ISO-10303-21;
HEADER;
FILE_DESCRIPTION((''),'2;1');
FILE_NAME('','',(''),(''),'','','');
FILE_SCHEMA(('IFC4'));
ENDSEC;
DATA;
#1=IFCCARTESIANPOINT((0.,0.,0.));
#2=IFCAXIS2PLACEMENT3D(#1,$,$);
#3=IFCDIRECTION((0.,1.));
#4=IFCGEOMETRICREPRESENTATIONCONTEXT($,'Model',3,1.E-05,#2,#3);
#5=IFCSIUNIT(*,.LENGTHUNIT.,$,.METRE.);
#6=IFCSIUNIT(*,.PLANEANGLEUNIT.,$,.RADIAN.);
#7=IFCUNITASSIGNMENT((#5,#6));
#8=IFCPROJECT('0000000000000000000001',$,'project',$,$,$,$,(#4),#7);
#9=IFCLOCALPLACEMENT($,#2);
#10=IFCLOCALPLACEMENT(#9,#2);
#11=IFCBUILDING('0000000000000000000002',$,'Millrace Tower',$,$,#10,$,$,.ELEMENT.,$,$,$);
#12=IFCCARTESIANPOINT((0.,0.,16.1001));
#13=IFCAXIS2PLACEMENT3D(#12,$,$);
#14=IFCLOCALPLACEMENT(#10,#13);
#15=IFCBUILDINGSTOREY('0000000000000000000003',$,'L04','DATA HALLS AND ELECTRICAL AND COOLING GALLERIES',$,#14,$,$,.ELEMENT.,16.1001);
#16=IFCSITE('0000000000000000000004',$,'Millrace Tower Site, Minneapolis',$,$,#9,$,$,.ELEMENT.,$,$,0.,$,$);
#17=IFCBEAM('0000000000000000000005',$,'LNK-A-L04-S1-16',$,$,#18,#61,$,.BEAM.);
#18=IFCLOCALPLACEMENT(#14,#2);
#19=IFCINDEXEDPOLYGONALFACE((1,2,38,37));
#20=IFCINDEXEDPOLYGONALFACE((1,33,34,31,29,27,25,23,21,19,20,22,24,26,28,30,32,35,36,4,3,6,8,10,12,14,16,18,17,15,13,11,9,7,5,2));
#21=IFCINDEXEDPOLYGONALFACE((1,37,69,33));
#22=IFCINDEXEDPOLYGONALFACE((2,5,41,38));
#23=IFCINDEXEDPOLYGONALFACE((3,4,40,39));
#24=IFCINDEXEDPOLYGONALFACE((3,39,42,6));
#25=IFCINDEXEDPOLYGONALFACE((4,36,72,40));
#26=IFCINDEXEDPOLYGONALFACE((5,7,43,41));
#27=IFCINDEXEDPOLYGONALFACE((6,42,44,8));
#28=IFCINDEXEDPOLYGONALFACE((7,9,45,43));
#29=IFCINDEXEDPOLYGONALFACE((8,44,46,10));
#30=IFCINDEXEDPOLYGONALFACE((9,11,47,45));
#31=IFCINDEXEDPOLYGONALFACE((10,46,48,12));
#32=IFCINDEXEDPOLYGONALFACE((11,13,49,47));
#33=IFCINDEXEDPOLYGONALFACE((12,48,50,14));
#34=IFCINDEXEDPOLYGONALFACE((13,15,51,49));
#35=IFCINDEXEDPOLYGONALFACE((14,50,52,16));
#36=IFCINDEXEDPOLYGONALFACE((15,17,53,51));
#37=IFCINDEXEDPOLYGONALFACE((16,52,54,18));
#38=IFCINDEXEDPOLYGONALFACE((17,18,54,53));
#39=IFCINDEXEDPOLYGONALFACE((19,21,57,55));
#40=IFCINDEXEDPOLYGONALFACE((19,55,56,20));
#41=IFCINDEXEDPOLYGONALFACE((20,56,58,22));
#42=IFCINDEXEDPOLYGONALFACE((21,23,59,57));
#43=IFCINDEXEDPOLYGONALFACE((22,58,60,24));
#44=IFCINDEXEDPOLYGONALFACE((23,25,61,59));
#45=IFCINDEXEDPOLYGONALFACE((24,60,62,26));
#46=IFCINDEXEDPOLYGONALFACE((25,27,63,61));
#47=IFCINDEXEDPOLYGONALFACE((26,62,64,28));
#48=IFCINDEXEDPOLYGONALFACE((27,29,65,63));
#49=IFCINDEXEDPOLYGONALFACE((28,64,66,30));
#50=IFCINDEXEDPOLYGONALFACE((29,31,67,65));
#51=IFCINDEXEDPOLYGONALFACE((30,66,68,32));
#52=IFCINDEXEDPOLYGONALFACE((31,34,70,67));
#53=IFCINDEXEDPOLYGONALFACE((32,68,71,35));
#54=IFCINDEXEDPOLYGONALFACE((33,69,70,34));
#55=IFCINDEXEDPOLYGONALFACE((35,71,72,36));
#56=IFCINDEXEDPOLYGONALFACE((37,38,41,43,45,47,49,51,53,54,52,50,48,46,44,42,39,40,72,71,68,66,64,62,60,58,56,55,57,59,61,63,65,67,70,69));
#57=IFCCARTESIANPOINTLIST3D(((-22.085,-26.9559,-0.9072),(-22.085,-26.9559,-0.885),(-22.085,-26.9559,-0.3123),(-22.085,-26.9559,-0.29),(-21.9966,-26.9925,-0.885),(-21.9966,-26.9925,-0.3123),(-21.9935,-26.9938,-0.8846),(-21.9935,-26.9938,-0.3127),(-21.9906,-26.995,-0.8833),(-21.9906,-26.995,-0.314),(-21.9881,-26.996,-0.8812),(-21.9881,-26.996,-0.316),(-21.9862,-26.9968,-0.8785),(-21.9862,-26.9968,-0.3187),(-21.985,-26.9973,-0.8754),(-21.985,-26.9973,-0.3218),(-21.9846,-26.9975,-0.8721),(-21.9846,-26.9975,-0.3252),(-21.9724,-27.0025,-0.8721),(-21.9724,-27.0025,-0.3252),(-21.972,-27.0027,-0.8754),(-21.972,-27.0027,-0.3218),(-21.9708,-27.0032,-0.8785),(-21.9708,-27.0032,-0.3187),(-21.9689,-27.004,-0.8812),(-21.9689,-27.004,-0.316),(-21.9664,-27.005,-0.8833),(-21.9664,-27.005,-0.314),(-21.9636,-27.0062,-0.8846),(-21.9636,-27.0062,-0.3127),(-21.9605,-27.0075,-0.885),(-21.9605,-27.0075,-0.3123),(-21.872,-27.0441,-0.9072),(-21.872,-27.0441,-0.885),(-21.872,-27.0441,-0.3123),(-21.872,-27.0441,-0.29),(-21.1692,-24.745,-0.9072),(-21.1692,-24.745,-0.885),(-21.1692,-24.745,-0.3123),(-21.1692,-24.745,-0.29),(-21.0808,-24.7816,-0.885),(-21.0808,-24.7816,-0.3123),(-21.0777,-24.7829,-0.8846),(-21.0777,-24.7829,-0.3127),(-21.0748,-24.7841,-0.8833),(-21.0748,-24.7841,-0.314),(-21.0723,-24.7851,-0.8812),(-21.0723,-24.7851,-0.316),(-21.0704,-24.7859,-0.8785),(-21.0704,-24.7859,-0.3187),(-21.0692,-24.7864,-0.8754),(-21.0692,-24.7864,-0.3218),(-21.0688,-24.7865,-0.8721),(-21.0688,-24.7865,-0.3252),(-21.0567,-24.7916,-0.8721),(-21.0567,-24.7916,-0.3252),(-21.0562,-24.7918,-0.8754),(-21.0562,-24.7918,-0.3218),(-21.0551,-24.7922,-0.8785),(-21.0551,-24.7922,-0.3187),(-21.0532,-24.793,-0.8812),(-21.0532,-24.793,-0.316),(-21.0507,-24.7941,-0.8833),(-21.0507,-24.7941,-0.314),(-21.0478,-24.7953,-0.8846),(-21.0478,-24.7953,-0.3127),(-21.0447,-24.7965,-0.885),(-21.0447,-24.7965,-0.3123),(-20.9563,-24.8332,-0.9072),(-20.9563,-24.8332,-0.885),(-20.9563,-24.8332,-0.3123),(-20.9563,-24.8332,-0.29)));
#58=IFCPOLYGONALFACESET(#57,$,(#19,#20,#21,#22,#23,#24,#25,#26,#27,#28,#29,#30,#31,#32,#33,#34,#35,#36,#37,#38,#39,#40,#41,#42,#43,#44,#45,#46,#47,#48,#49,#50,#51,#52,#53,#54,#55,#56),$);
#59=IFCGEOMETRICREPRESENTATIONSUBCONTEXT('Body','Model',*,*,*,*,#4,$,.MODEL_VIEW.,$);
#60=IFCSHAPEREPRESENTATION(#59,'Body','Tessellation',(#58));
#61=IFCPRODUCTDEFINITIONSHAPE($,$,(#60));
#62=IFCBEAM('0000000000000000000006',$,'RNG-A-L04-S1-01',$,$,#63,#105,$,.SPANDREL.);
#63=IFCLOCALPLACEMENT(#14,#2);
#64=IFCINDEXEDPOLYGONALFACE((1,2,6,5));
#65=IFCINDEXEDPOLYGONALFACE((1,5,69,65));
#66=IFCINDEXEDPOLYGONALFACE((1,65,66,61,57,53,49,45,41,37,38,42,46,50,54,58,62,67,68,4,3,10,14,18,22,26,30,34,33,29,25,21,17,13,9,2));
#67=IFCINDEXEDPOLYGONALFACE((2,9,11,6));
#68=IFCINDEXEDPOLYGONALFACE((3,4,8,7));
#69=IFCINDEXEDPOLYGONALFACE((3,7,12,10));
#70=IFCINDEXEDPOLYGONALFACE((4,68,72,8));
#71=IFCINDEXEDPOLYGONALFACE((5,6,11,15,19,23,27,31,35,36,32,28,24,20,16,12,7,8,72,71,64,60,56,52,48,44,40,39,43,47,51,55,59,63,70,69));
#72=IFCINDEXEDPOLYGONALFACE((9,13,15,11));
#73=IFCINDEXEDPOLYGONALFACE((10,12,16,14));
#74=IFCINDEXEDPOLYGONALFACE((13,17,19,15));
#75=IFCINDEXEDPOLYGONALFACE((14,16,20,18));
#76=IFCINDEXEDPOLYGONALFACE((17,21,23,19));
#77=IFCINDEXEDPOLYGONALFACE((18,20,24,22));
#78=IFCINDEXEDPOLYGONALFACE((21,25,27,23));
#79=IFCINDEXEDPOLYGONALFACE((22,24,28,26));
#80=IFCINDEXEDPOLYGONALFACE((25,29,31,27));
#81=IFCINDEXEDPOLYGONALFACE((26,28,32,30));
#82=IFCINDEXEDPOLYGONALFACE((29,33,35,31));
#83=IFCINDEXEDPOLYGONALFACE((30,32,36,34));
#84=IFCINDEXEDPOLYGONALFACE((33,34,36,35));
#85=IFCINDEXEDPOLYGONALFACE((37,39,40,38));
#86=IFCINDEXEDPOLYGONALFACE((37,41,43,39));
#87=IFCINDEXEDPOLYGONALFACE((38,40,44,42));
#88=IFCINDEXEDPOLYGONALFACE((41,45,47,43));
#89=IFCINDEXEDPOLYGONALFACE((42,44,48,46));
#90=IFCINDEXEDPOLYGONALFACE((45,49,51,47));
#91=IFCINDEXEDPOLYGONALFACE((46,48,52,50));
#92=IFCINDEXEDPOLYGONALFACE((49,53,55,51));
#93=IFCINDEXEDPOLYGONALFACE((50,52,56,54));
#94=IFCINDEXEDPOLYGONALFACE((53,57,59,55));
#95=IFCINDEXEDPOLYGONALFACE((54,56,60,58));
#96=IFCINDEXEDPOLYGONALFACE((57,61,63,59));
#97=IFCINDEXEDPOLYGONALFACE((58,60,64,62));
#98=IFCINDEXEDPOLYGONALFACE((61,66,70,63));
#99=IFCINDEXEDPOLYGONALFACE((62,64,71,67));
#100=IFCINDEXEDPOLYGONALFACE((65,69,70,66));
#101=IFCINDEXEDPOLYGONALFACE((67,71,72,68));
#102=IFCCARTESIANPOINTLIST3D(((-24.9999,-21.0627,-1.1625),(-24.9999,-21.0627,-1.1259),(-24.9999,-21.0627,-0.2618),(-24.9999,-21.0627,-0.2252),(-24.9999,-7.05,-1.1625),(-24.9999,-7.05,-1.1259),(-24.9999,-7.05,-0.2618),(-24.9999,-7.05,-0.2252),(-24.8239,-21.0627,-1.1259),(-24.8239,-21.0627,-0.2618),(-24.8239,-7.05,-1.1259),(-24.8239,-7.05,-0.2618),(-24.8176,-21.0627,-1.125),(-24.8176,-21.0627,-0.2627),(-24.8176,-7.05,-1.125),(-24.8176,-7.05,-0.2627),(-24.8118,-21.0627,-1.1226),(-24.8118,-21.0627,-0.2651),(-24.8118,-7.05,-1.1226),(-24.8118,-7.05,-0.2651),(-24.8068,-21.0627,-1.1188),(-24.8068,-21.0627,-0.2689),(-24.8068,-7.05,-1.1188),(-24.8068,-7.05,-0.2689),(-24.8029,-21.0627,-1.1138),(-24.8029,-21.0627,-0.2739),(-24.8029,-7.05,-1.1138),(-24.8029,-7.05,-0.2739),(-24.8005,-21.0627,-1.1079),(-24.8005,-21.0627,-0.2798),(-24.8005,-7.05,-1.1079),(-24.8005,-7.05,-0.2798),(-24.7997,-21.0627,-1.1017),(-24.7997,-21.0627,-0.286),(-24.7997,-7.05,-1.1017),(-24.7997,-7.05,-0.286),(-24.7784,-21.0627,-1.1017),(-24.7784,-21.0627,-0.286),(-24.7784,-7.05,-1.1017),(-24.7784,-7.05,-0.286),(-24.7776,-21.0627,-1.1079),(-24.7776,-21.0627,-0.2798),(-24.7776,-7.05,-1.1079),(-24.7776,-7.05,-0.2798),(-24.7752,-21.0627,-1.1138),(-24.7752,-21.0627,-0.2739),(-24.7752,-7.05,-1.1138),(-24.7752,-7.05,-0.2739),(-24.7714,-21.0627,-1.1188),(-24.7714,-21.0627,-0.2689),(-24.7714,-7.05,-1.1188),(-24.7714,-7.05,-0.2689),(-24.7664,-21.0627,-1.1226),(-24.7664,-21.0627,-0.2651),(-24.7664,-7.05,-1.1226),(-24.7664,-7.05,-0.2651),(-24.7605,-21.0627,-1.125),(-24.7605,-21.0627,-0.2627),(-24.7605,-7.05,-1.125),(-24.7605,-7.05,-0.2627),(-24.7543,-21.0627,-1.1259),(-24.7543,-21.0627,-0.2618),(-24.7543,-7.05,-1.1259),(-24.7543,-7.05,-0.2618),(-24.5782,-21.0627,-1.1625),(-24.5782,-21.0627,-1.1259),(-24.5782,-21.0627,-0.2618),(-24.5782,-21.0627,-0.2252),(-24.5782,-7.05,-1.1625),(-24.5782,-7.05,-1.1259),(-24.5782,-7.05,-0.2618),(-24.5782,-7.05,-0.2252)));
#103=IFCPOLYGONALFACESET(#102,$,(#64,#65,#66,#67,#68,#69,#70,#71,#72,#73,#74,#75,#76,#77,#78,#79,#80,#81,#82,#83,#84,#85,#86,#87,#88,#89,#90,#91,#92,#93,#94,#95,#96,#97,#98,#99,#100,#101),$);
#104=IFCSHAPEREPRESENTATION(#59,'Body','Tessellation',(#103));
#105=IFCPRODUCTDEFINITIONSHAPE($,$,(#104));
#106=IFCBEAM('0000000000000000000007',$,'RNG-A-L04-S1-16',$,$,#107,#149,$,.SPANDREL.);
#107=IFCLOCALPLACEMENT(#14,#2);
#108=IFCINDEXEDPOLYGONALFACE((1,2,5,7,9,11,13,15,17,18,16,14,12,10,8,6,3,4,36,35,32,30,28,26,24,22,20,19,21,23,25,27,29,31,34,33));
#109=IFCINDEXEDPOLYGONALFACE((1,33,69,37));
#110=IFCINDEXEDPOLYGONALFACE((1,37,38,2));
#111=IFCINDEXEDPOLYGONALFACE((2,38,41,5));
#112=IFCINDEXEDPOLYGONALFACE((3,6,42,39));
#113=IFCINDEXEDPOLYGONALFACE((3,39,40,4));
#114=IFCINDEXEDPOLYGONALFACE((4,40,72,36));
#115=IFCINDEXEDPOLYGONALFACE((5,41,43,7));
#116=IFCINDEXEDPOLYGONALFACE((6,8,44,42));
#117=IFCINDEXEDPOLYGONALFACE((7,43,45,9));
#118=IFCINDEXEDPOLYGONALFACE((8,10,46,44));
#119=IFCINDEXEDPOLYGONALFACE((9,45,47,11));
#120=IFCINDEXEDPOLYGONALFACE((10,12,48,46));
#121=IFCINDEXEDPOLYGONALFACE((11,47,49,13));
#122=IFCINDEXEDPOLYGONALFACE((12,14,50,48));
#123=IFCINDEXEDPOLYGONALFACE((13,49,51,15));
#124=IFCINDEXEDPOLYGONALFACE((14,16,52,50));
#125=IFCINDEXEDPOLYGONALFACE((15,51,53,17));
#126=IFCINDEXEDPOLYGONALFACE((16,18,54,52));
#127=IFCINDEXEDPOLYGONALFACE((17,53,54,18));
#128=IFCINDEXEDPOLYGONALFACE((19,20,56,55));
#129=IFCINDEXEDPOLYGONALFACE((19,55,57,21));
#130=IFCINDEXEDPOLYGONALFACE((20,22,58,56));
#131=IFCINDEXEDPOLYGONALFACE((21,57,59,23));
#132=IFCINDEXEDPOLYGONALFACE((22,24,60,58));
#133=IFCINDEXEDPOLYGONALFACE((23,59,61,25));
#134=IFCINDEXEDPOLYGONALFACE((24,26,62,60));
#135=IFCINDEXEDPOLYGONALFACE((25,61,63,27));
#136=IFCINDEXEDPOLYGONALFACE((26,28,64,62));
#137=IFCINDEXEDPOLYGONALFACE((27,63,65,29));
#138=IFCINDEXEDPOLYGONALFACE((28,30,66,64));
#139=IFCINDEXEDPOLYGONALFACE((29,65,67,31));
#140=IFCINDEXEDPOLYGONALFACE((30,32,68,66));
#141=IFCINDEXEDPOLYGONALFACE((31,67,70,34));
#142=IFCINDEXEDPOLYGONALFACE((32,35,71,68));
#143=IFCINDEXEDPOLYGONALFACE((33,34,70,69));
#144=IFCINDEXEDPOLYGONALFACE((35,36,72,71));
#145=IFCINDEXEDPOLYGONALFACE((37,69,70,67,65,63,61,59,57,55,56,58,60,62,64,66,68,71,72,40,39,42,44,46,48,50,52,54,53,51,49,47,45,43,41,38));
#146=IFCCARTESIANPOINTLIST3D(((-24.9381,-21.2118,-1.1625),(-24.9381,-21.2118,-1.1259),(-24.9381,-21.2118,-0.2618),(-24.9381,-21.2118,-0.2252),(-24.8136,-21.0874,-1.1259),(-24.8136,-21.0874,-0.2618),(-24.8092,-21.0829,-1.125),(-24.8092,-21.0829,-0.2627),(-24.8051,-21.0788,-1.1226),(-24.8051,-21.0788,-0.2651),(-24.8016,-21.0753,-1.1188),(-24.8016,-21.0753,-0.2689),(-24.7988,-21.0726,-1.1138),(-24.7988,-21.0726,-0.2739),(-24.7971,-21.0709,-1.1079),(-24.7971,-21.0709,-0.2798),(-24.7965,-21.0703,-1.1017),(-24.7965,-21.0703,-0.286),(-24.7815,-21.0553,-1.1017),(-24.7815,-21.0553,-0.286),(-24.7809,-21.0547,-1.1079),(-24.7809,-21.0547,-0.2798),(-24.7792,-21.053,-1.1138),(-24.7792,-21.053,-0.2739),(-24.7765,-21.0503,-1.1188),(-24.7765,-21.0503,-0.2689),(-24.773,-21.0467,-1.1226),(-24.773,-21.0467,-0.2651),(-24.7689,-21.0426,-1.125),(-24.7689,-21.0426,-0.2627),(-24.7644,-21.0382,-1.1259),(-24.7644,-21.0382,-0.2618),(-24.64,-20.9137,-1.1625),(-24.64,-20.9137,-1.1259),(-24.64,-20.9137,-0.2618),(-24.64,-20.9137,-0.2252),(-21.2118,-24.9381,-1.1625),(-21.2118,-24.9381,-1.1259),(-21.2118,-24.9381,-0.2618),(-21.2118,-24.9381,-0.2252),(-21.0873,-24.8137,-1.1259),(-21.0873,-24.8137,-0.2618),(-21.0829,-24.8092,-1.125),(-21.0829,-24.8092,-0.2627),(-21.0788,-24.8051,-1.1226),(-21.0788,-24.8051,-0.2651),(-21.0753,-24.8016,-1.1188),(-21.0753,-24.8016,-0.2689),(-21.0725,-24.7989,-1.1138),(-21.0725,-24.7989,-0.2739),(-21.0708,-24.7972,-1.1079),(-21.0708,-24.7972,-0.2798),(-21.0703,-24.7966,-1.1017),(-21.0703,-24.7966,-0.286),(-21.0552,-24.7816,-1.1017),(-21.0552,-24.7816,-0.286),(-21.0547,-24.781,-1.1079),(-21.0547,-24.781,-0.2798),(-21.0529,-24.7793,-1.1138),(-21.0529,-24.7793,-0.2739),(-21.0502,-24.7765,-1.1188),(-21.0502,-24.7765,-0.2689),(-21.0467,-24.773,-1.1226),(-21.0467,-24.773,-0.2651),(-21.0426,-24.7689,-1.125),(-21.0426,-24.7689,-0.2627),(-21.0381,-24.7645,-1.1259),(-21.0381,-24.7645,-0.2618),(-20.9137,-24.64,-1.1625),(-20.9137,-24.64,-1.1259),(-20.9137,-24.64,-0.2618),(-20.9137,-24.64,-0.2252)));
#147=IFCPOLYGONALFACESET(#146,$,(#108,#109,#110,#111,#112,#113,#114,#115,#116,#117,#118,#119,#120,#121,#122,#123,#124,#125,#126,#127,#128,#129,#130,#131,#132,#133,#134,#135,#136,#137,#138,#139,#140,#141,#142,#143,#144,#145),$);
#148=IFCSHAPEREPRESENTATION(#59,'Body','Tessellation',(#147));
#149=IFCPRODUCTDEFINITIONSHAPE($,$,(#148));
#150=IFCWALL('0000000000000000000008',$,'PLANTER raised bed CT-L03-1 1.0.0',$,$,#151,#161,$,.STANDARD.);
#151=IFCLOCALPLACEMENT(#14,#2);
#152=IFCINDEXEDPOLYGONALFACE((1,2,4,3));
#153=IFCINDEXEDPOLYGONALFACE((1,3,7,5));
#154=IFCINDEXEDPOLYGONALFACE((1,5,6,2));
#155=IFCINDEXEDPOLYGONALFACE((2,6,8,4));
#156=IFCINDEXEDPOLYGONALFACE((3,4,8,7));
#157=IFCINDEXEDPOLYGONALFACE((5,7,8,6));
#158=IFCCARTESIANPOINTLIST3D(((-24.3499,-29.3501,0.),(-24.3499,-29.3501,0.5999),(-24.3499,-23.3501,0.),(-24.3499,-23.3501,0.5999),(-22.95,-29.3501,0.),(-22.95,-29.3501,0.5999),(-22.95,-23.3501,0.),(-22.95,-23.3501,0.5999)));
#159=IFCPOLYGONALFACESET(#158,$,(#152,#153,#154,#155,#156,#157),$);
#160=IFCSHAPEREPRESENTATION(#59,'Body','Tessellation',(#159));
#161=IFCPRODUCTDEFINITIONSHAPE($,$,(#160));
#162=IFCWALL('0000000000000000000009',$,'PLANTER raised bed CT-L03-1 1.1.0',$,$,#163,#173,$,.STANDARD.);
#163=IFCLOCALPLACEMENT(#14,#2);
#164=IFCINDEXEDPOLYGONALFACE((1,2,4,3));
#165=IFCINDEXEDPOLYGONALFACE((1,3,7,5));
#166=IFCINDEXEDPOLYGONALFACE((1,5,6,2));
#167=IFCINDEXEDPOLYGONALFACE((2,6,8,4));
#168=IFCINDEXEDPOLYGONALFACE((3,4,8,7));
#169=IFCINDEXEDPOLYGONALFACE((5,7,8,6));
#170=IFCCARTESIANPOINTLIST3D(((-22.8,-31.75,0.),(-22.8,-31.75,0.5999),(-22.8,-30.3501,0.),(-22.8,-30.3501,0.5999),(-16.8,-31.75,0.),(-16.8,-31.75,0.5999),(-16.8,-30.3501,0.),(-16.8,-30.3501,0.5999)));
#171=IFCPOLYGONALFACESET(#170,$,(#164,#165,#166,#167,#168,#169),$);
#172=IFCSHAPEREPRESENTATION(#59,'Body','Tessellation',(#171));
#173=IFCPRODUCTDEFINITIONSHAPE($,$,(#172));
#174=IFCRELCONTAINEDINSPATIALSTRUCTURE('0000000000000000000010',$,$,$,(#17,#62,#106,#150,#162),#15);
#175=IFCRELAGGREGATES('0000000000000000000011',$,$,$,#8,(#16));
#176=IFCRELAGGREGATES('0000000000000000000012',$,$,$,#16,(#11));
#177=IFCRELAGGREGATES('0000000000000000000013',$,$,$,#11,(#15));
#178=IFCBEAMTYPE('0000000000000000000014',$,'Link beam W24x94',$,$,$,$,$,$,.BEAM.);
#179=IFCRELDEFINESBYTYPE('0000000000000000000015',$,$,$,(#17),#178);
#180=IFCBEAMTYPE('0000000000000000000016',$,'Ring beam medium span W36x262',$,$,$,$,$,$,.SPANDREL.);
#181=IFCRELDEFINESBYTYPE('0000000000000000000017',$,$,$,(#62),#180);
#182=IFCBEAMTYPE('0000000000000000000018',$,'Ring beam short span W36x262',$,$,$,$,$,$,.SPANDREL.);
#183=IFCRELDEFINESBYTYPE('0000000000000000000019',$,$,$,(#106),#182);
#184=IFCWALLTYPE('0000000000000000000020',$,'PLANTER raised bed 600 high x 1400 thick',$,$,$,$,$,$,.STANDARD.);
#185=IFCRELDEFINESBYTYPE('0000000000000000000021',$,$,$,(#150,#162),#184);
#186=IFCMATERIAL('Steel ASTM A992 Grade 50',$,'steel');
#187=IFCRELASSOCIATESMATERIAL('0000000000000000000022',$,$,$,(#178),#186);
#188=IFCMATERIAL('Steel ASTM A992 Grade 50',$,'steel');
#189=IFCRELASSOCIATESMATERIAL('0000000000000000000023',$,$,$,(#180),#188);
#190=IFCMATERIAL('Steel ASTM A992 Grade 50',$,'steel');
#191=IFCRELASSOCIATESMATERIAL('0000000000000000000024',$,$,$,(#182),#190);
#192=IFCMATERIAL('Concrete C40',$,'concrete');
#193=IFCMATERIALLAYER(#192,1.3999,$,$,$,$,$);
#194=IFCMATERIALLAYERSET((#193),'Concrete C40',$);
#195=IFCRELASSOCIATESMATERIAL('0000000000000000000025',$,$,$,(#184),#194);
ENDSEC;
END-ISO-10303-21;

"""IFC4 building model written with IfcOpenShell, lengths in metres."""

from ifc_helpers import new_model, si_unit, direction, frame, frame_2d, origin, origin_2d, place, context, subcontext, project, spatial, rectangle, i_section, extrude, material, layer, layer_set, material_profile, profile_set, type_object, element, save


model = new_model("IFC4")

# Units and contexts
model_context = context("Model", 3, precision=1e-05, world=origin(), true_north=direction((0.0, 1.0)))
body_context = subcontext(model_context, "Body", "Model", "MODEL_VIEW")
ifc_project = project(units=[si_unit("LENGTHUNIT", "METRE"), si_unit("PLANEANGLEUNIT", "RADIAN")], contexts=[model_context])

# Site, building, storey
site_placement = place(None, origin())
site = spatial("IfcSite", under=ifc_project, at=site_placement, Name="Millrace Tower Site, Minneapolis", CompositionType="ELEMENT", RefElevation=0.0)
building_placement = place(site_placement, origin())
building = spatial("IfcBuilding", under=site, at=building_placement, Name="Millrace Tower", CompositionType="ELEMENT")
storey_placement = place(building_placement, frame((0.0, 0.0, 16.1001)))
storey = spatial("IfcBuildingStorey", under=building, at=storey_placement, Name="L04", Description="DATA HALLS AND ELECTRICAL AND COOLING GALLERIES", CompositionType="ELEMENT", Elevation=16.1001)

# Beams
ifc_material_1 = material(Name="Steel ASTM A992 Grade 50", Category="steel")
ifc_material_profile_1 = material_profile(ifc_material_1, i_section(OverallWidth=0.2305, OverallDepth=0.6172, WebThickness=0.0132, FlangeThickness=0.0222, FilletRadius=0.0129, at=origin_2d()))
ifc_profile_set_1 = profile_set([ifc_material_profile_1], Name="Steel ASTM A992 Grade 50")
beam_type_1 = type_object("IfcBeamType", Name="Link beam W24x94", PredefinedType="BEAM", material=ifc_profile_set_1)
for number, where, z_axis, x_axis, name in (
    (1, (-21.0627, -24.7891, -0.5986), (-0.382673, -0.923884, 0.0), (0.923884, -0.382673, 0.0), "LNK-A-L04-S1-16"),
):
    element("IfcBeam", number, at=place(storey_placement, frame(where, z_axis=z_axis, x_axis=x_axis)), inside=storey, type_object=beam_type_1, Name=name, PredefinedType="BEAM", context=body_context, shape_type="SweptSolid", body=[
        extrude(i_section(OverallWidth=0.2305, OverallDepth=0.6172, WebThickness=0.0132, FlangeThickness=0.0222, FilletRadius=0.0129, at=origin_2d()), origin(), (0.0, 0.0, 1.0), 2.3931),
    ])
ifc_material_2 = material(Name="Steel ASTM A992 Grade 50", Category="steel")
ifc_material_profile_2 = material_profile(ifc_material_2, i_section(OverallWidth=0.4216, OverallDepth=0.9373, WebThickness=0.0212, FlangeThickness=0.0366, FilletRadius=0.0242, at=origin_2d()))
ifc_profile_set_2 = profile_set([ifc_material_profile_2], Name="Steel ASTM A992 Grade 50")
beam_type_2 = type_object("IfcBeamType", Name="Ring beam medium span W36x262", PredefinedType="SPANDREL", material=ifc_profile_set_2)
beam_1_placement = place(storey_placement, frame((-24.7891, -21.0627, -0.6938), z_axis=(0.0, 1.0, 0.0), x_axis=(-1.0, 0.0, 0.0)))
element("IfcBeam", 2, at=beam_1_placement, inside=storey, type_object=beam_type_2, Name="RNG-A-L04-S1-01", PredefinedType="SPANDREL", context=body_context, shape_type="SweptSolid", body=[
    extrude(i_section(OverallWidth=0.4216, OverallDepth=0.9373, WebThickness=0.0212, FlangeThickness=0.0366, FilletRadius=0.0242, at=origin_2d()), origin(), (0.0, 0.0, 1.0), 14.0127),
])
ifc_material_3 = material(Name="Steel ASTM A992 Grade 50", Category="steel")
ifc_material_profile_3 = material_profile(ifc_material_3, i_section(OverallWidth=0.4216, OverallDepth=0.9373, WebThickness=0.0212, FlangeThickness=0.0366, FilletRadius=0.0242, at=origin_2d()))
ifc_profile_set_3 = profile_set([ifc_material_profile_3], Name="Steel ASTM A992 Grade 50")
beam_type_3 = type_object("IfcBeamType", Name="Ring beam short span W36x262", PredefinedType="SPANDREL", material=ifc_profile_set_3)
beam_2_placement = place(storey_placement, frame((-21.0627, -24.7891, -0.6938), z_axis=(-0.707107, 0.707107, 0.0), x_axis=(-0.707107, -0.707107, 0.0)))
element("IfcBeam", 3, at=beam_2_placement, inside=storey, type_object=beam_type_3, Name="RNG-A-L04-S1-16", PredefinedType="SPANDREL", context=body_context, shape_type="SweptSolid", body=[
    extrude(i_section(OverallWidth=0.4216, OverallDepth=0.9373, WebThickness=0.0212, FlangeThickness=0.0366, FilletRadius=0.0242, at=origin_2d()), origin(), (0.0, 0.0, 1.0), 5.2698),
])

# Walls
ifc_material_4 = material(Name="Concrete C40", Category="concrete")
ifc_layer_1 = layer(ifc_material_4, 1.3999)
ifc_layer_set_1 = layer_set([ifc_layer_1], Name="Concrete C40")
wall_type = type_object("IfcWallType", Name="PLANTER raised bed 600 high x 1400 thick", PredefinedType="STANDARD", material=ifc_layer_set_1)
for number, where, z_axis, x_axis, name in (
    (4, (-23.6499, -23.3501, 0.0), (0.0, 0.0, 1.0), (0.0, -1.0, 0.0), "PLANTER raised bed CT-L03-1 1.0.0"),
    (5, (-22.8, -31.05, 0.0), (0.0, 0.0, 1.0), (1.0, 0.0, 0.0), "PLANTER raised bed CT-L03-1 1.1.0"),
):
    element("IfcWall", number, at=place(storey_placement, frame(where, z_axis=z_axis, x_axis=x_axis)), inside=storey, type_object=wall_type, Name=name, PredefinedType="STANDARD", context=body_context, shape_type="SweptSolid", body=[
        extrude(rectangle(XDim=6.0, YDim=1.3999, at=frame_2d((3.0, 0.0))), origin(), (0.0, 0.0, 1.0), 0.5999),
    ])

save(model, "model.ifc")
